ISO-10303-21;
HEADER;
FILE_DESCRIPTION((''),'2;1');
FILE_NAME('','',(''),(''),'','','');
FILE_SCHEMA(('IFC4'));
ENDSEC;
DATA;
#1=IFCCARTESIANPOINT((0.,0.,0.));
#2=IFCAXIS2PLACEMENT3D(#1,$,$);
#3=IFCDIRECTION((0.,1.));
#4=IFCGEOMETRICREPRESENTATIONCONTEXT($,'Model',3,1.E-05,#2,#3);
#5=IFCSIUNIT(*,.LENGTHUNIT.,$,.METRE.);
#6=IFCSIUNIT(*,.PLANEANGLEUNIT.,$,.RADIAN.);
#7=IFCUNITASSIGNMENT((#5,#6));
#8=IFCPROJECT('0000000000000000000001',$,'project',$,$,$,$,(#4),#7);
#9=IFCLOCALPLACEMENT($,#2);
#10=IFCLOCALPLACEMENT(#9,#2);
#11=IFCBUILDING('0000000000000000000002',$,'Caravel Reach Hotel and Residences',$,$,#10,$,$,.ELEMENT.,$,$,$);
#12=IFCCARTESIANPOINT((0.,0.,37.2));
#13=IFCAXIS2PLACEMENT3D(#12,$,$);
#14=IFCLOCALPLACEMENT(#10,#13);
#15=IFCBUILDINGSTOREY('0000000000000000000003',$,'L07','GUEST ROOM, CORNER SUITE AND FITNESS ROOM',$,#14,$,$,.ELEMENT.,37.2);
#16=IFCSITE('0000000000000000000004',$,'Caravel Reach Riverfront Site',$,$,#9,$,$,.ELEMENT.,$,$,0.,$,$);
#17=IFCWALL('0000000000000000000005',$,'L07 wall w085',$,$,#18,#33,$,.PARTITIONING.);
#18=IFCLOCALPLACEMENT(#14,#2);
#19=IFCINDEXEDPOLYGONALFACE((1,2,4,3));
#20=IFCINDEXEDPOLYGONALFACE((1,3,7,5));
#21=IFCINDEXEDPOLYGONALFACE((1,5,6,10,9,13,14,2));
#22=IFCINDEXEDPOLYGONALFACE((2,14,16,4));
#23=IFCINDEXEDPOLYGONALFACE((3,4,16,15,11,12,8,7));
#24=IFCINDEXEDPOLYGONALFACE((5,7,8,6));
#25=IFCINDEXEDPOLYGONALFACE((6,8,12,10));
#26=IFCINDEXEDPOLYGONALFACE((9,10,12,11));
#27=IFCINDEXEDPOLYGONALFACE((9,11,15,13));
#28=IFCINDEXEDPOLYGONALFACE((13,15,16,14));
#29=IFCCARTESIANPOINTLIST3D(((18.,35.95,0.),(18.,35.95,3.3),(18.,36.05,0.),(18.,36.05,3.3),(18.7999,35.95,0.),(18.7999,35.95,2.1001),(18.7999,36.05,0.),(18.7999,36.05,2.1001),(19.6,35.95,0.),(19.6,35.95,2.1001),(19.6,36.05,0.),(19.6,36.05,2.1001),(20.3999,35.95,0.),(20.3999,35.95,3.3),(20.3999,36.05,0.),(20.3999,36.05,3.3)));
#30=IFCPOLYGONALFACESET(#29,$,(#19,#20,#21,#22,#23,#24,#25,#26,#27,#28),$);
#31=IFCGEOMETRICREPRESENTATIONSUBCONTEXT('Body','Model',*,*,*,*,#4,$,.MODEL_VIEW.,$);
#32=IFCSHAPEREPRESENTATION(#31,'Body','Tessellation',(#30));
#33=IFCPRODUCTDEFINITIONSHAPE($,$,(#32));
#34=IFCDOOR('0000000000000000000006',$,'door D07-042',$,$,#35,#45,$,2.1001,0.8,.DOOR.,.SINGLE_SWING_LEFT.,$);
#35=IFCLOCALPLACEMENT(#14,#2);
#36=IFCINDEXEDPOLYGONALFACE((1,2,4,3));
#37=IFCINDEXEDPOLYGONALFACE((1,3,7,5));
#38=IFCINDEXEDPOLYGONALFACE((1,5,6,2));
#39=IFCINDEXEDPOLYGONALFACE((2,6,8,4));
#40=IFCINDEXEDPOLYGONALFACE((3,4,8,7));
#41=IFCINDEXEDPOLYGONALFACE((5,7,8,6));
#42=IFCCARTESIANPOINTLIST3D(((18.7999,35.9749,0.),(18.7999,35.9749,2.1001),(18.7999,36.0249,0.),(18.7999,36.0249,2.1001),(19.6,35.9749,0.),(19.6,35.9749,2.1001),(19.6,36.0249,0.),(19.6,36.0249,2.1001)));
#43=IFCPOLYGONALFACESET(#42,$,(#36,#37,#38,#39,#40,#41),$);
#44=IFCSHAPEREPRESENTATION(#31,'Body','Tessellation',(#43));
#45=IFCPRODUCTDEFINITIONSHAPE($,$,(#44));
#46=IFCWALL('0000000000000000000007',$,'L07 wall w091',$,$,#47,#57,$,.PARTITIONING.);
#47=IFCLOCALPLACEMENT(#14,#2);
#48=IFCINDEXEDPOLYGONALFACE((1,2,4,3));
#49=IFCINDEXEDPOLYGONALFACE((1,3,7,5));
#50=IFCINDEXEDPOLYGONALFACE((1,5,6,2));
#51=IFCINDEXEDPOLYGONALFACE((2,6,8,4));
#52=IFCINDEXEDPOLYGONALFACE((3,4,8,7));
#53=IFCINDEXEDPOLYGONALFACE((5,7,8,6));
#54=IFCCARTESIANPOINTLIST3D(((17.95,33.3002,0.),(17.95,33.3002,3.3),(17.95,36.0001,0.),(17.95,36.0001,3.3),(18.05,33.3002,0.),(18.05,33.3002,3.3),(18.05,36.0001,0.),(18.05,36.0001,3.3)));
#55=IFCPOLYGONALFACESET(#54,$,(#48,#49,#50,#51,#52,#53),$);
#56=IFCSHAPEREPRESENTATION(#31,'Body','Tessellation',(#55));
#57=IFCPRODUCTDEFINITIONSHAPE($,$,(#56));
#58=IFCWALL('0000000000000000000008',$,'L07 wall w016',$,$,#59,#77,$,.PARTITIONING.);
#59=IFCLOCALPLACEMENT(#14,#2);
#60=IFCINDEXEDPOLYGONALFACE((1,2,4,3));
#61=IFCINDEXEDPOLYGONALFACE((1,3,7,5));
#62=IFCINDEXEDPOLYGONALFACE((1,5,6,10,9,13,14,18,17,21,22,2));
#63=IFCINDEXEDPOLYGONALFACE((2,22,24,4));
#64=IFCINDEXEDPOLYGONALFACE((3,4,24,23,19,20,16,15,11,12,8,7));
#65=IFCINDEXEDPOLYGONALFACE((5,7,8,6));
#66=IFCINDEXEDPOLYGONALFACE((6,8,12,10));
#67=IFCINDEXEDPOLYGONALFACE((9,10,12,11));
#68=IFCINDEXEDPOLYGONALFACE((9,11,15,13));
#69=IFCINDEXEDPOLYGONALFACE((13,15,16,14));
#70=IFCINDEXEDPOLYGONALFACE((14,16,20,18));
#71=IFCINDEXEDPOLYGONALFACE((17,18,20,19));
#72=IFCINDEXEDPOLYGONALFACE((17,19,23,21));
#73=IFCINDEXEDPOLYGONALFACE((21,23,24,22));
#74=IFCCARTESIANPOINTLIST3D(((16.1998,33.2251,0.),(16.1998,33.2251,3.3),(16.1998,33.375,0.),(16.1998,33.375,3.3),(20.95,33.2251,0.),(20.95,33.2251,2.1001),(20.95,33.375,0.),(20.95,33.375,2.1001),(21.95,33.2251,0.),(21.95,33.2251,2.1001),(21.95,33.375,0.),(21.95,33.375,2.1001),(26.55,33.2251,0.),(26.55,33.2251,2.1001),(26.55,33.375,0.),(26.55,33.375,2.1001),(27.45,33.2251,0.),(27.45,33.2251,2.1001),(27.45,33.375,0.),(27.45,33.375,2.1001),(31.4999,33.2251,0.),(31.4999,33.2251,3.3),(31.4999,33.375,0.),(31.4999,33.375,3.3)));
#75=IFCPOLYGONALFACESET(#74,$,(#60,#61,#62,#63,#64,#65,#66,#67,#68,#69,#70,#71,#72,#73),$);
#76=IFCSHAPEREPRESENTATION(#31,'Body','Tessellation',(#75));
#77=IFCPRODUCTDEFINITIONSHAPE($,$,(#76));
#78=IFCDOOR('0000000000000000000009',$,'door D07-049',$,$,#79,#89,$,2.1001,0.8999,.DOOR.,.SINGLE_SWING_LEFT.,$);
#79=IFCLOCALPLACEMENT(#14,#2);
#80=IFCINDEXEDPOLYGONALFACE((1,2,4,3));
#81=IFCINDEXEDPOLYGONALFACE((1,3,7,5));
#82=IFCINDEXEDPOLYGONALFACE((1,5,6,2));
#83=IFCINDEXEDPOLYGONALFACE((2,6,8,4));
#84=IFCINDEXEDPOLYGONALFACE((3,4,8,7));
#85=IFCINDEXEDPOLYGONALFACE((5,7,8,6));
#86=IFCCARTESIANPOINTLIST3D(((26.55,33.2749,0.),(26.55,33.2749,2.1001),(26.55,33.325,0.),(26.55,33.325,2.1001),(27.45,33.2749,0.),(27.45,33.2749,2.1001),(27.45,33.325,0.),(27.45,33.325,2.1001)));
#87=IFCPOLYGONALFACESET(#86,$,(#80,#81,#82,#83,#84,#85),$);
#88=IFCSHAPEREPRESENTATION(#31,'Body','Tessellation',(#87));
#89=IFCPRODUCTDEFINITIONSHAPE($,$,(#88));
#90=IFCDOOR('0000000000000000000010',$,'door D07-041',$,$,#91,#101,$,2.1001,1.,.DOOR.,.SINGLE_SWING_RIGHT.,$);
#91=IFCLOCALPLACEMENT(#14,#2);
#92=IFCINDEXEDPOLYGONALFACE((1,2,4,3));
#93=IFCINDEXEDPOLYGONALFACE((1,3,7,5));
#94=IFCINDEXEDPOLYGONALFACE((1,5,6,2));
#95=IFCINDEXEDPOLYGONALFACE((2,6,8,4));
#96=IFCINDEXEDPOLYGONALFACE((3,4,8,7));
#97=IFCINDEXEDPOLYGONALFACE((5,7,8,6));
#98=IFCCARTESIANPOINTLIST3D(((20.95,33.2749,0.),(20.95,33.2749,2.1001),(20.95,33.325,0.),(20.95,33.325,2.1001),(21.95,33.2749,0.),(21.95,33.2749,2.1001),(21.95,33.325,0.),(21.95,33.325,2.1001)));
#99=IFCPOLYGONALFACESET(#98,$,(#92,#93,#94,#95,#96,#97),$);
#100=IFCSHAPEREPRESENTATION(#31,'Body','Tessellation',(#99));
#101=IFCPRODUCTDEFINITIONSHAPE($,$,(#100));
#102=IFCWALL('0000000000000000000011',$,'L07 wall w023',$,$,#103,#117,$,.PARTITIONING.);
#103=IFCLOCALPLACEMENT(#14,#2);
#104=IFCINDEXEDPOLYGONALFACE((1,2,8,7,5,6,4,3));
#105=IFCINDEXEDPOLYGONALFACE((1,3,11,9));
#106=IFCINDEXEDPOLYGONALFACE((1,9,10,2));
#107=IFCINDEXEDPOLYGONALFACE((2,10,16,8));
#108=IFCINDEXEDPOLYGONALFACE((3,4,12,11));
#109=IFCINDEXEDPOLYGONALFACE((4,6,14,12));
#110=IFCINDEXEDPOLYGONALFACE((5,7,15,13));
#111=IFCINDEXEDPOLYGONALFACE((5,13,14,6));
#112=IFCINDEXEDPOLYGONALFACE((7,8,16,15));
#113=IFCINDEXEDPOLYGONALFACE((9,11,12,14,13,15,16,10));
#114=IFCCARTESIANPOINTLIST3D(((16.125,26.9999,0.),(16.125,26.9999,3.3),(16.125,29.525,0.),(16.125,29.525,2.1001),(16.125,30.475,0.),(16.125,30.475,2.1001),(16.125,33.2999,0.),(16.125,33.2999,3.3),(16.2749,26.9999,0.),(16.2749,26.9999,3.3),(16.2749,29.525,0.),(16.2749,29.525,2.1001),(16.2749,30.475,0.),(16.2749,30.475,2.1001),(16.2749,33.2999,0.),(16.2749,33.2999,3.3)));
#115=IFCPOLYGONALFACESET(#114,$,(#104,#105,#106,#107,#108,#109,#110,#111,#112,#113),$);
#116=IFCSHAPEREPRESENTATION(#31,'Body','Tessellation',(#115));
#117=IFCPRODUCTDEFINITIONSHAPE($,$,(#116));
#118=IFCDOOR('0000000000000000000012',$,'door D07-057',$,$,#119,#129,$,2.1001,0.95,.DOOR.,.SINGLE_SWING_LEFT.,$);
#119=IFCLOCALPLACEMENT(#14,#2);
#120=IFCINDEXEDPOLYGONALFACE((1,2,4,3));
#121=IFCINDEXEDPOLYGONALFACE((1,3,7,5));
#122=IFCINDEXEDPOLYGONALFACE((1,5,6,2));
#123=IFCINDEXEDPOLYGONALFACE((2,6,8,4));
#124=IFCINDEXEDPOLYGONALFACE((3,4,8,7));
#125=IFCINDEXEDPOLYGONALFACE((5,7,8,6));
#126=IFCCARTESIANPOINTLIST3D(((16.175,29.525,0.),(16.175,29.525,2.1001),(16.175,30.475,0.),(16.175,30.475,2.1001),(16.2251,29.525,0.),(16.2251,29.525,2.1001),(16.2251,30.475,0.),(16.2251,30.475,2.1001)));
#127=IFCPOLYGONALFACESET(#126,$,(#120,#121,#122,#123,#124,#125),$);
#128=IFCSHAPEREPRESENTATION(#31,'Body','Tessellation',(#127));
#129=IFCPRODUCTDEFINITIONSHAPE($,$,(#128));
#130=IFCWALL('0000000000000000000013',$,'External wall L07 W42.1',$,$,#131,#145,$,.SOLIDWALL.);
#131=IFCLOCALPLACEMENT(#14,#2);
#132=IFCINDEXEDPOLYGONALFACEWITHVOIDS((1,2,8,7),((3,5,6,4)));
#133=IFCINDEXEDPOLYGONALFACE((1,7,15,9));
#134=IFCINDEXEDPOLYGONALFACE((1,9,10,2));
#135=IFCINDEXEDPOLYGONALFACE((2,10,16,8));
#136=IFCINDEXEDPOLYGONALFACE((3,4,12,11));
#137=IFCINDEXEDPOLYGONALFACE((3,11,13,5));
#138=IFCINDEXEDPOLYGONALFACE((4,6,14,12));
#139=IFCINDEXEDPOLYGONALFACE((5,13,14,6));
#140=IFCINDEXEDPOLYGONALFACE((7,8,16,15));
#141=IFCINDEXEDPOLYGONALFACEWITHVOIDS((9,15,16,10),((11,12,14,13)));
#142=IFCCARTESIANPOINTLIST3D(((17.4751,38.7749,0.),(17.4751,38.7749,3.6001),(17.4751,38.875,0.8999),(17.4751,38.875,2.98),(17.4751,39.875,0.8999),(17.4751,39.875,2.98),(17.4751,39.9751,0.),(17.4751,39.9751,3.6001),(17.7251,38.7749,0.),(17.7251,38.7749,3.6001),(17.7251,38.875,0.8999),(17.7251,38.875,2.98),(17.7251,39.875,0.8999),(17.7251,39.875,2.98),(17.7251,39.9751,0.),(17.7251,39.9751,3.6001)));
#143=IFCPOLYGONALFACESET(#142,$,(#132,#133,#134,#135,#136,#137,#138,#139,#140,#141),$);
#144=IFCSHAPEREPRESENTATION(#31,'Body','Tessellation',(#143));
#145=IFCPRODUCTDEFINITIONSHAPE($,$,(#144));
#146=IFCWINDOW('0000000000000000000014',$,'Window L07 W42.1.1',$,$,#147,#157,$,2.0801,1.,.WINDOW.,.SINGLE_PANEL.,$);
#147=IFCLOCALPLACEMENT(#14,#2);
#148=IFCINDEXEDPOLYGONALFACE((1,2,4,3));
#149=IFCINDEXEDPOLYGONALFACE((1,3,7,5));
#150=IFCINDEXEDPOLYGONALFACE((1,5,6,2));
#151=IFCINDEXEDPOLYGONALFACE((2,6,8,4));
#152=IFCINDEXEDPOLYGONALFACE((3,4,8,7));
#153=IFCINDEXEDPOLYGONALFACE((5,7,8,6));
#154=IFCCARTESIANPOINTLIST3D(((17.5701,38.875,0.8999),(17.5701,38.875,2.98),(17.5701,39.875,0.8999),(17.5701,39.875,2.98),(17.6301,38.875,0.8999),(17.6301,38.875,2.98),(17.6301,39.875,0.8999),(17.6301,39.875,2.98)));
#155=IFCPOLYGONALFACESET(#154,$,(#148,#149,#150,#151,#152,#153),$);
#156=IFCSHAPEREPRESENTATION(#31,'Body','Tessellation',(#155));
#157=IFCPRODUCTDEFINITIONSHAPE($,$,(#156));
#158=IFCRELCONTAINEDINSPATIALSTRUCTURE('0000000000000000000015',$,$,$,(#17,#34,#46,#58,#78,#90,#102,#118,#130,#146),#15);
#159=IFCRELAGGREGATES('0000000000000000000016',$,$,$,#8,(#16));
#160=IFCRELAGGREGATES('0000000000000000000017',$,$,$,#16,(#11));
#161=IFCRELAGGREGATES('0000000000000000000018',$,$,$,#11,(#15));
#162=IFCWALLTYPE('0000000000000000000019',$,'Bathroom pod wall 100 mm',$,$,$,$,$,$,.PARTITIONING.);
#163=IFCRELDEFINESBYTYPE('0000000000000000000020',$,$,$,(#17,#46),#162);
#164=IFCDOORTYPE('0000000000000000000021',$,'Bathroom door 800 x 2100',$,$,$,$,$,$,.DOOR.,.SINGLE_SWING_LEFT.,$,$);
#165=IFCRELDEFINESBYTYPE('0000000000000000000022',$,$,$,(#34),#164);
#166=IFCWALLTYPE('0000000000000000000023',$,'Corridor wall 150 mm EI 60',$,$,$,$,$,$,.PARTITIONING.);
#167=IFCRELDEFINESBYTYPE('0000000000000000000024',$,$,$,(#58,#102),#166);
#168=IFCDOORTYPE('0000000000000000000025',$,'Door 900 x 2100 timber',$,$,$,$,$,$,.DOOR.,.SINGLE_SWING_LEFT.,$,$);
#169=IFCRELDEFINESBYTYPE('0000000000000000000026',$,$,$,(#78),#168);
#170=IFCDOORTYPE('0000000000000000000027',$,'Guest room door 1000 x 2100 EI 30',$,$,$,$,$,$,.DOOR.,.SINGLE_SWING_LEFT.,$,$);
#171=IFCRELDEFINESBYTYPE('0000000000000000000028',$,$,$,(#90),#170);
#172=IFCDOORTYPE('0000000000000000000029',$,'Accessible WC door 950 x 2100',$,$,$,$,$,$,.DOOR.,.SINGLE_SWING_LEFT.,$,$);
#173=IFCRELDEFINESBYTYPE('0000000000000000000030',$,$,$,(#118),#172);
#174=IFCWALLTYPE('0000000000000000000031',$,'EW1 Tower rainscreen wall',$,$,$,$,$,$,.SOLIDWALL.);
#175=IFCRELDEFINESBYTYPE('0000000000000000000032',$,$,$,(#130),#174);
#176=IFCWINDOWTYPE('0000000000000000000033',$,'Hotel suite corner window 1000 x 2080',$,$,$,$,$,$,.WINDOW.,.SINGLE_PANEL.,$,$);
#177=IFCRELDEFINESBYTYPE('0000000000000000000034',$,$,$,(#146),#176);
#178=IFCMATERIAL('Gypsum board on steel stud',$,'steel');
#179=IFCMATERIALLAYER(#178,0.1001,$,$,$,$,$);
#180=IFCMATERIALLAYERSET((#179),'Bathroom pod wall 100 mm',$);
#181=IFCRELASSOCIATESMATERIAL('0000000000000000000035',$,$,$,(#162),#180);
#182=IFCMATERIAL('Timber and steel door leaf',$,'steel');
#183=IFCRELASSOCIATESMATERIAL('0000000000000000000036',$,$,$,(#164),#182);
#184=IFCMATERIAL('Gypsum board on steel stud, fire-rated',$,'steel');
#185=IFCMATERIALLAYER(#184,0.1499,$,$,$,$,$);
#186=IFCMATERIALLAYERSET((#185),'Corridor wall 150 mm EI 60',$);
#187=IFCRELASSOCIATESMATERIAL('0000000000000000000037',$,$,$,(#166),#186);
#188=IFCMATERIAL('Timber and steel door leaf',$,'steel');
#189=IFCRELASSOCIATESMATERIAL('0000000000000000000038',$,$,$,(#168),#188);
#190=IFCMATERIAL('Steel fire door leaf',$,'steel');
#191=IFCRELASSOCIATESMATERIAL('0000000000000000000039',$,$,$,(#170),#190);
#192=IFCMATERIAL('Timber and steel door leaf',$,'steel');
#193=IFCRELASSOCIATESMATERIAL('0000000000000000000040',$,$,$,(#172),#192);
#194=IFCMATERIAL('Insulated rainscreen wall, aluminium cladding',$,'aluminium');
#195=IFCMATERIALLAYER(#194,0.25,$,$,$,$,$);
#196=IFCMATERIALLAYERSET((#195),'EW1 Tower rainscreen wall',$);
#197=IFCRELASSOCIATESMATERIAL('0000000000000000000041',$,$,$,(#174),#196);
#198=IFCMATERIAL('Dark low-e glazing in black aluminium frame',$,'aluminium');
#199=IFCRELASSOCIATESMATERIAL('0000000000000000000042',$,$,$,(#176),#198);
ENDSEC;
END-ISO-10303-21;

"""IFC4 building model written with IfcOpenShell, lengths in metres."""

from ifc_helpers import new_model, si_unit, direction, frame, frame_2d, origin, place, context, subcontext, project, spatial, rectangle, extrude, material, layer, layer_set, type_object, element, fill, save


model = new_model("IFC4")

# Units and contexts
model_context = context("Model", 3, precision=1e-05, world=origin(), true_north=direction((0.0, 1.0)))
body_context = subcontext(model_context, "Body", "Model", "MODEL_VIEW")
ifc_project = project(units=[si_unit("LENGTHUNIT", "METRE"), si_unit("PLANEANGLEUNIT", "RADIAN")], contexts=[model_context])

# Site, building, storey
site_placement = place(None, origin())
site = spatial("IfcSite", under=ifc_project, at=site_placement, Name="Caravel Reach Riverfront Site", CompositionType="ELEMENT", RefElevation=0.0)
building_placement = place(site_placement, origin())
building = spatial("IfcBuilding", under=site, at=building_placement, Name="Caravel Reach Hotel and Residences", CompositionType="ELEMENT")
storey_placement = place(building_placement, frame((0.0, 0.0, 37.2)))
storey = spatial("IfcBuildingStorey", under=building, at=storey_placement, Name="L07", Description="GUEST ROOM, CORNER SUITE AND FITNESS ROOM", CompositionType="ELEMENT", Elevation=37.2)

# Wall, opening, door
ifc_material_1 = material(Name="Gypsum board on steel stud", Category="steel")
ifc_layer_1 = layer(ifc_material_1, 0.1001)
ifc_layer_set_1 = layer_set([ifc_layer_1], Name="Bathroom pod wall 100 mm")
wall_type_1 = type_object("IfcWallType", Name="Bathroom pod wall 100 mm", PredefinedType="PARTITIONING", material=ifc_layer_set_1)
wall_1_placement = place(storey_placement, frame((18.0, 36.0, 0.0), z_axis=(0.0, 0.0, 1.0), x_axis=(1.0, 0.0, 0.0)))
wall_1 = element("IfcWall", 1, at=wall_1_placement, inside=storey, type_object=wall_type_1, Name="L07 wall w085", PredefinedType="PARTITIONING", context=body_context, shape_type="SweptSolid", body=[
    extrude(rectangle(XDim=2.3999, YDim=0.1001, at=frame_2d((1.2, 0.0))), origin(), (0.0, 0.0, 1.0), 3.3),
])
opening_1_placement = place(wall_1_placement, frame((0.8, 0.0, 0.0)))
opening_1 = element("IfcOpeningElement", 2, at=opening_1_placement, cuts=wall_1, PredefinedType="OPENING", context=body_context, shape_type="SweptSolid", body=[
    extrude(rectangle(XDim=0.8, YDim=2.1001, at=frame_2d((0.3999, 1.05))), frame((0.0, 0.0601, 0.0), z_axis=(0.0, -1.0, 0.0), x_axis=(1.0, 0.0, 0.0)), (0.0, 0.0, 1.0), 0.1201),
])
ifc_material_2 = material(Name="Timber and steel door leaf", Category="steel")
door_type_1 = type_object("IfcDoorType", Name="Bathroom door 800 x 2100", OperationType="SINGLE_SWING_LEFT", PredefinedType="DOOR", material=ifc_material_2)
door_1_placement = place(opening_1_placement, origin())
door_1 = element("IfcDoor", 3, at=door_1_placement, inside=storey, type_object=door_type_1, Name="door D07-042", OperationType="SINGLE_SWING_LEFT", OverallHeight=2.1001, OverallWidth=0.8, PredefinedType="DOOR", context=body_context, shape_type="SweptSolid", body=[
    extrude(rectangle(XDim=0.8, YDim=2.1001, at=frame_2d((0.3999, 1.05))), frame((0.0, 0.0249, 0.0), z_axis=(0.0, -1.0, 0.0), x_axis=(1.0, 0.0, 0.0)), (0.0, 0.0, 1.0), 0.05),
])
fill(opening_1, door_1)

# Wall
wall_2_placement = place(storey_placement, frame((18.0, 33.3, 0.0), z_axis=(0.0, 0.0, 1.0), x_axis=(0.0, 1.0, 0.0)))
element("IfcWall", 4, at=wall_2_placement, inside=storey, type_object=wall_type_1, Name="L07 wall w091", PredefinedType="PARTITIONING", context=body_context, shape_type="SweptSolid", body=[
    extrude(rectangle(XDim=2.7, YDim=0.1001, at=frame_2d((1.3501, 0.0))), origin(), (0.0, 0.0, 1.0), 3.3),
])

# Wall, openings, doors
ifc_material_3 = material(Name="Gypsum board on steel stud, fire-rated", Category="steel")
ifc_layer_2 = layer(ifc_material_3, 0.1499)
ifc_layer_set_2 = layer_set([ifc_layer_2], Name="Corridor wall 150 mm EI 60")
wall_type_2 = type_object("IfcWallType", Name="Corridor wall 150 mm EI 60", PredefinedType="PARTITIONING", material=ifc_layer_set_2)
wall_3_placement = place(storey_placement, frame((16.2, 33.3, 0.0), z_axis=(0.0, 0.0, 1.0), x_axis=(1.0, 0.0, 0.0)))
wall_3 = element("IfcWall", 5, at=wall_3_placement, inside=storey, type_object=wall_type_2, Name="L07 wall w016", PredefinedType="PARTITIONING", context=body_context, shape_type="SweptSolid", body=[
    extrude(rectangle(XDim=15.3, YDim=0.1499, at=frame_2d((7.6499, 0.0))), origin(), (0.0, 0.0, 1.0), 3.3),
])
opening_2_placement = place(wall_3_placement, frame((4.75, 0.0, 0.0)))
opening_2 = element("IfcOpeningElement", 6, at=opening_2_placement, cuts=wall_3, PredefinedType="OPENING", context=body_context, shape_type="SweptSolid", body=[
    extrude(rectangle(XDim=1.0, YDim=2.1001, at=frame_2d((0.5, 1.05))), frame((0.0, 0.085, 0.0), z_axis=(0.0, -1.0, 0.0), x_axis=(1.0, 0.0, 0.0)), (0.0, 0.0, 1.0), 0.1699),
])
opening_3_placement = place(wall_3_placement, frame((10.3501, 0.0, 0.0)))
opening_3 = element("IfcOpeningElement", 7, at=opening_3_placement, cuts=wall_3, PredefinedType="OPENING", context=body_context, shape_type="SweptSolid", body=[
    extrude(rectangle(XDim=0.8999, YDim=2.1001, at=frame_2d((0.45, 1.05))), frame((0.0, 0.085, 0.0), z_axis=(0.0, -1.0, 0.0), x_axis=(1.0, 0.0, 0.0)), (0.0, 0.0, 1.0), 0.1699),
])
ifc_material_4 = material(Name="Timber and steel door leaf", Category="steel")
door_type_2 = type_object("IfcDoorType", Name="Door 900 x 2100 timber", OperationType="SINGLE_SWING_LEFT", PredefinedType="DOOR", material=ifc_material_4)
door_2_placement = place(opening_3_placement, origin())
door_2 = element("IfcDoor", 8, at=door_2_placement, inside=storey, type_object=door_type_2, Name="door D07-049", OperationType="SINGLE_SWING_LEFT", OverallHeight=2.1001, OverallWidth=0.8999, PredefinedType="DOOR", context=body_context, shape_type="SweptSolid", body=[
    extrude(rectangle(XDim=0.8999, YDim=2.1001, at=frame_2d((0.45, 1.05))), frame((0.0, 0.0249, 0.0), z_axis=(0.0, -1.0, 0.0), x_axis=(1.0, 0.0, 0.0)), (0.0, 0.0, 1.0), 0.05),
])
fill(opening_3, door_2)
ifc_material_5 = material(Name="Steel fire door leaf", Category="steel")
door_type_3 = type_object("IfcDoorType", Name="Guest room door 1000 x 2100 EI 30", OperationType="SINGLE_SWING_LEFT", PredefinedType="DOOR", material=ifc_material_5)
door_3_placement = place(opening_2_placement, origin())
door_3 = element("IfcDoor", 9, at=door_3_placement, inside=storey, type_object=door_type_3, Name="door D07-041", OperationType="SINGLE_SWING_RIGHT", OverallHeight=2.1001, OverallWidth=1.0, PredefinedType="DOOR", context=body_context, shape_type="SweptSolid", body=[
    extrude(rectangle(XDim=1.0, YDim=2.1001, at=frame_2d((0.5, 1.05))), frame((0.0, 0.0249, 0.0), z_axis=(0.0, -1.0, 0.0), x_axis=(1.0, 0.0, 0.0)), (0.0, 0.0, 1.0), 0.05),
])
fill(opening_2, door_3)

# Wall, opening, door
wall_4_placement = place(storey_placement, frame((16.2, 27.0, 0.0), z_axis=(0.0, 0.0, 1.0), x_axis=(0.0, 1.0, 0.0)))
wall_4 = element("IfcWall", 10, at=wall_4_placement, inside=storey, type_object=wall_type_2, Name="L07 wall w023", PredefinedType="PARTITIONING", context=body_context, shape_type="SweptSolid", body=[
    extrude(rectangle(XDim=6.3, YDim=0.1499, at=frame_2d((3.1499, 0.0))), origin(), (0.0, 0.0, 1.0), 3.3),
])
opening_4_placement = place(wall_4_placement, frame((2.5249, 0.0, 0.0)))
opening_4 = element("IfcOpeningElement", 11, at=opening_4_placement, cuts=wall_4, PredefinedType="OPENING", context=body_context, shape_type="SweptSolid", body=[
    extrude(rectangle(XDim=0.95, YDim=2.1001, at=frame_2d((0.4751, 1.05))), frame((0.0, 0.085, 0.0), z_axis=(0.0, -1.0, 0.0), x_axis=(1.0, 0.0, 0.0)), (0.0, 0.0, 1.0), 0.1699),
])
ifc_material_6 = material(Name="Timber and steel door leaf", Category="steel")
door_type_4 = type_object("IfcDoorType", Name="Accessible WC door 950 x 2100", OperationType="SINGLE_SWING_LEFT", PredefinedType="DOOR", material=ifc_material_6)
door_4_placement = place(opening_4_placement, origin())
door_4 = element("IfcDoor", 12, at=door_4_placement, inside=storey, type_object=door_type_4, Name="door D07-057", OperationType="SINGLE_SWING_LEFT", OverallHeight=2.1001, OverallWidth=0.95, PredefinedType="DOOR", context=body_context, shape_type="SweptSolid", body=[
    extrude(rectangle(XDim=0.95, YDim=2.1001, at=frame_2d((0.4751, 1.05))), frame((0.0, 0.0249, 0.0), z_axis=(0.0, -1.0, 0.0), x_axis=(1.0, 0.0, 0.0)), (0.0, 0.0, 1.0), 0.05),
])
fill(opening_4, door_4)

# Wall, opening, window
ifc_material_7 = material(Name="Insulated rainscreen wall, aluminium cladding", Category="aluminium")
ifc_layer_3 = layer(ifc_material_7, 0.25)
ifc_layer_set_3 = layer_set([ifc_layer_3], Name="EW1 Tower rainscreen wall")
wall_type_3 = type_object("IfcWallType", Name="EW1 Tower rainscreen wall", PredefinedType="SOLIDWALL", material=ifc_layer_set_3)
wall_5_placement = place(storey_placement, frame((17.6001, 39.9751, 0.0), z_axis=(0.0, 0.0, 1.0), x_axis=(0.0, -1.0, 0.0)))
wall_5 = element("IfcWall", 13, at=wall_5_placement, inside=storey, type_object=wall_type_3, Name="External wall L07 W42.1", PredefinedType="SOLIDWALL", context=body_context, shape_type="SweptSolid", body=[
    extrude(rectangle(XDim=1.2002, YDim=0.25, at=frame_2d((0.6001, 0.0))), origin(), (0.0, 0.0, 1.0), 3.6001),
])
opening_5_placement = place(wall_5_placement, frame((0.1001, 0.0, 0.8999)))
opening_5 = element("IfcOpeningElement", 14, at=opening_5_placement, cuts=wall_5, PredefinedType="OPENING", context=body_context, shape_type="SweptSolid", body=[
    extrude(rectangle(XDim=1.0, YDim=2.0801, at=frame_2d((0.5, 1.04))), frame((0.0, 0.135, 0.0), z_axis=(0.0, -1.0, 0.0), x_axis=(1.0, 0.0, 0.0)), (0.0, 0.0, 1.0), 0.27),
])
ifc_material_8 = material(Name="Dark low-e glazing in black aluminium frame", Category="aluminium")
window_type = type_object("IfcWindowType", Name="Hotel suite corner window 1000 x 2080", PartitioningType="SINGLE_PANEL", PredefinedType="WINDOW", material=ifc_material_8)
window_1_placement = place(opening_5_placement, origin())
window_1 = element("IfcWindow", 15, at=window_1_placement, inside=storey, type_object=window_type, Name="Window L07 W42.1.1", OverallHeight=2.0801, OverallWidth=1.0, PartitioningType="SINGLE_PANEL", PredefinedType="WINDOW", context=body_context, shape_type="SweptSolid", body=[
    extrude(rectangle(XDim=1.0, YDim=2.0801, at=frame_2d((0.5, 1.04))), frame((0.0, 0.03, 0.0), z_axis=(0.0, -1.0, 0.0), x_axis=(1.0, 0.0, 0.0)), (0.0, 0.0, 1.0), 0.0601),
])
fill(opening_5, window_1)

save(model, "model.ifc")
